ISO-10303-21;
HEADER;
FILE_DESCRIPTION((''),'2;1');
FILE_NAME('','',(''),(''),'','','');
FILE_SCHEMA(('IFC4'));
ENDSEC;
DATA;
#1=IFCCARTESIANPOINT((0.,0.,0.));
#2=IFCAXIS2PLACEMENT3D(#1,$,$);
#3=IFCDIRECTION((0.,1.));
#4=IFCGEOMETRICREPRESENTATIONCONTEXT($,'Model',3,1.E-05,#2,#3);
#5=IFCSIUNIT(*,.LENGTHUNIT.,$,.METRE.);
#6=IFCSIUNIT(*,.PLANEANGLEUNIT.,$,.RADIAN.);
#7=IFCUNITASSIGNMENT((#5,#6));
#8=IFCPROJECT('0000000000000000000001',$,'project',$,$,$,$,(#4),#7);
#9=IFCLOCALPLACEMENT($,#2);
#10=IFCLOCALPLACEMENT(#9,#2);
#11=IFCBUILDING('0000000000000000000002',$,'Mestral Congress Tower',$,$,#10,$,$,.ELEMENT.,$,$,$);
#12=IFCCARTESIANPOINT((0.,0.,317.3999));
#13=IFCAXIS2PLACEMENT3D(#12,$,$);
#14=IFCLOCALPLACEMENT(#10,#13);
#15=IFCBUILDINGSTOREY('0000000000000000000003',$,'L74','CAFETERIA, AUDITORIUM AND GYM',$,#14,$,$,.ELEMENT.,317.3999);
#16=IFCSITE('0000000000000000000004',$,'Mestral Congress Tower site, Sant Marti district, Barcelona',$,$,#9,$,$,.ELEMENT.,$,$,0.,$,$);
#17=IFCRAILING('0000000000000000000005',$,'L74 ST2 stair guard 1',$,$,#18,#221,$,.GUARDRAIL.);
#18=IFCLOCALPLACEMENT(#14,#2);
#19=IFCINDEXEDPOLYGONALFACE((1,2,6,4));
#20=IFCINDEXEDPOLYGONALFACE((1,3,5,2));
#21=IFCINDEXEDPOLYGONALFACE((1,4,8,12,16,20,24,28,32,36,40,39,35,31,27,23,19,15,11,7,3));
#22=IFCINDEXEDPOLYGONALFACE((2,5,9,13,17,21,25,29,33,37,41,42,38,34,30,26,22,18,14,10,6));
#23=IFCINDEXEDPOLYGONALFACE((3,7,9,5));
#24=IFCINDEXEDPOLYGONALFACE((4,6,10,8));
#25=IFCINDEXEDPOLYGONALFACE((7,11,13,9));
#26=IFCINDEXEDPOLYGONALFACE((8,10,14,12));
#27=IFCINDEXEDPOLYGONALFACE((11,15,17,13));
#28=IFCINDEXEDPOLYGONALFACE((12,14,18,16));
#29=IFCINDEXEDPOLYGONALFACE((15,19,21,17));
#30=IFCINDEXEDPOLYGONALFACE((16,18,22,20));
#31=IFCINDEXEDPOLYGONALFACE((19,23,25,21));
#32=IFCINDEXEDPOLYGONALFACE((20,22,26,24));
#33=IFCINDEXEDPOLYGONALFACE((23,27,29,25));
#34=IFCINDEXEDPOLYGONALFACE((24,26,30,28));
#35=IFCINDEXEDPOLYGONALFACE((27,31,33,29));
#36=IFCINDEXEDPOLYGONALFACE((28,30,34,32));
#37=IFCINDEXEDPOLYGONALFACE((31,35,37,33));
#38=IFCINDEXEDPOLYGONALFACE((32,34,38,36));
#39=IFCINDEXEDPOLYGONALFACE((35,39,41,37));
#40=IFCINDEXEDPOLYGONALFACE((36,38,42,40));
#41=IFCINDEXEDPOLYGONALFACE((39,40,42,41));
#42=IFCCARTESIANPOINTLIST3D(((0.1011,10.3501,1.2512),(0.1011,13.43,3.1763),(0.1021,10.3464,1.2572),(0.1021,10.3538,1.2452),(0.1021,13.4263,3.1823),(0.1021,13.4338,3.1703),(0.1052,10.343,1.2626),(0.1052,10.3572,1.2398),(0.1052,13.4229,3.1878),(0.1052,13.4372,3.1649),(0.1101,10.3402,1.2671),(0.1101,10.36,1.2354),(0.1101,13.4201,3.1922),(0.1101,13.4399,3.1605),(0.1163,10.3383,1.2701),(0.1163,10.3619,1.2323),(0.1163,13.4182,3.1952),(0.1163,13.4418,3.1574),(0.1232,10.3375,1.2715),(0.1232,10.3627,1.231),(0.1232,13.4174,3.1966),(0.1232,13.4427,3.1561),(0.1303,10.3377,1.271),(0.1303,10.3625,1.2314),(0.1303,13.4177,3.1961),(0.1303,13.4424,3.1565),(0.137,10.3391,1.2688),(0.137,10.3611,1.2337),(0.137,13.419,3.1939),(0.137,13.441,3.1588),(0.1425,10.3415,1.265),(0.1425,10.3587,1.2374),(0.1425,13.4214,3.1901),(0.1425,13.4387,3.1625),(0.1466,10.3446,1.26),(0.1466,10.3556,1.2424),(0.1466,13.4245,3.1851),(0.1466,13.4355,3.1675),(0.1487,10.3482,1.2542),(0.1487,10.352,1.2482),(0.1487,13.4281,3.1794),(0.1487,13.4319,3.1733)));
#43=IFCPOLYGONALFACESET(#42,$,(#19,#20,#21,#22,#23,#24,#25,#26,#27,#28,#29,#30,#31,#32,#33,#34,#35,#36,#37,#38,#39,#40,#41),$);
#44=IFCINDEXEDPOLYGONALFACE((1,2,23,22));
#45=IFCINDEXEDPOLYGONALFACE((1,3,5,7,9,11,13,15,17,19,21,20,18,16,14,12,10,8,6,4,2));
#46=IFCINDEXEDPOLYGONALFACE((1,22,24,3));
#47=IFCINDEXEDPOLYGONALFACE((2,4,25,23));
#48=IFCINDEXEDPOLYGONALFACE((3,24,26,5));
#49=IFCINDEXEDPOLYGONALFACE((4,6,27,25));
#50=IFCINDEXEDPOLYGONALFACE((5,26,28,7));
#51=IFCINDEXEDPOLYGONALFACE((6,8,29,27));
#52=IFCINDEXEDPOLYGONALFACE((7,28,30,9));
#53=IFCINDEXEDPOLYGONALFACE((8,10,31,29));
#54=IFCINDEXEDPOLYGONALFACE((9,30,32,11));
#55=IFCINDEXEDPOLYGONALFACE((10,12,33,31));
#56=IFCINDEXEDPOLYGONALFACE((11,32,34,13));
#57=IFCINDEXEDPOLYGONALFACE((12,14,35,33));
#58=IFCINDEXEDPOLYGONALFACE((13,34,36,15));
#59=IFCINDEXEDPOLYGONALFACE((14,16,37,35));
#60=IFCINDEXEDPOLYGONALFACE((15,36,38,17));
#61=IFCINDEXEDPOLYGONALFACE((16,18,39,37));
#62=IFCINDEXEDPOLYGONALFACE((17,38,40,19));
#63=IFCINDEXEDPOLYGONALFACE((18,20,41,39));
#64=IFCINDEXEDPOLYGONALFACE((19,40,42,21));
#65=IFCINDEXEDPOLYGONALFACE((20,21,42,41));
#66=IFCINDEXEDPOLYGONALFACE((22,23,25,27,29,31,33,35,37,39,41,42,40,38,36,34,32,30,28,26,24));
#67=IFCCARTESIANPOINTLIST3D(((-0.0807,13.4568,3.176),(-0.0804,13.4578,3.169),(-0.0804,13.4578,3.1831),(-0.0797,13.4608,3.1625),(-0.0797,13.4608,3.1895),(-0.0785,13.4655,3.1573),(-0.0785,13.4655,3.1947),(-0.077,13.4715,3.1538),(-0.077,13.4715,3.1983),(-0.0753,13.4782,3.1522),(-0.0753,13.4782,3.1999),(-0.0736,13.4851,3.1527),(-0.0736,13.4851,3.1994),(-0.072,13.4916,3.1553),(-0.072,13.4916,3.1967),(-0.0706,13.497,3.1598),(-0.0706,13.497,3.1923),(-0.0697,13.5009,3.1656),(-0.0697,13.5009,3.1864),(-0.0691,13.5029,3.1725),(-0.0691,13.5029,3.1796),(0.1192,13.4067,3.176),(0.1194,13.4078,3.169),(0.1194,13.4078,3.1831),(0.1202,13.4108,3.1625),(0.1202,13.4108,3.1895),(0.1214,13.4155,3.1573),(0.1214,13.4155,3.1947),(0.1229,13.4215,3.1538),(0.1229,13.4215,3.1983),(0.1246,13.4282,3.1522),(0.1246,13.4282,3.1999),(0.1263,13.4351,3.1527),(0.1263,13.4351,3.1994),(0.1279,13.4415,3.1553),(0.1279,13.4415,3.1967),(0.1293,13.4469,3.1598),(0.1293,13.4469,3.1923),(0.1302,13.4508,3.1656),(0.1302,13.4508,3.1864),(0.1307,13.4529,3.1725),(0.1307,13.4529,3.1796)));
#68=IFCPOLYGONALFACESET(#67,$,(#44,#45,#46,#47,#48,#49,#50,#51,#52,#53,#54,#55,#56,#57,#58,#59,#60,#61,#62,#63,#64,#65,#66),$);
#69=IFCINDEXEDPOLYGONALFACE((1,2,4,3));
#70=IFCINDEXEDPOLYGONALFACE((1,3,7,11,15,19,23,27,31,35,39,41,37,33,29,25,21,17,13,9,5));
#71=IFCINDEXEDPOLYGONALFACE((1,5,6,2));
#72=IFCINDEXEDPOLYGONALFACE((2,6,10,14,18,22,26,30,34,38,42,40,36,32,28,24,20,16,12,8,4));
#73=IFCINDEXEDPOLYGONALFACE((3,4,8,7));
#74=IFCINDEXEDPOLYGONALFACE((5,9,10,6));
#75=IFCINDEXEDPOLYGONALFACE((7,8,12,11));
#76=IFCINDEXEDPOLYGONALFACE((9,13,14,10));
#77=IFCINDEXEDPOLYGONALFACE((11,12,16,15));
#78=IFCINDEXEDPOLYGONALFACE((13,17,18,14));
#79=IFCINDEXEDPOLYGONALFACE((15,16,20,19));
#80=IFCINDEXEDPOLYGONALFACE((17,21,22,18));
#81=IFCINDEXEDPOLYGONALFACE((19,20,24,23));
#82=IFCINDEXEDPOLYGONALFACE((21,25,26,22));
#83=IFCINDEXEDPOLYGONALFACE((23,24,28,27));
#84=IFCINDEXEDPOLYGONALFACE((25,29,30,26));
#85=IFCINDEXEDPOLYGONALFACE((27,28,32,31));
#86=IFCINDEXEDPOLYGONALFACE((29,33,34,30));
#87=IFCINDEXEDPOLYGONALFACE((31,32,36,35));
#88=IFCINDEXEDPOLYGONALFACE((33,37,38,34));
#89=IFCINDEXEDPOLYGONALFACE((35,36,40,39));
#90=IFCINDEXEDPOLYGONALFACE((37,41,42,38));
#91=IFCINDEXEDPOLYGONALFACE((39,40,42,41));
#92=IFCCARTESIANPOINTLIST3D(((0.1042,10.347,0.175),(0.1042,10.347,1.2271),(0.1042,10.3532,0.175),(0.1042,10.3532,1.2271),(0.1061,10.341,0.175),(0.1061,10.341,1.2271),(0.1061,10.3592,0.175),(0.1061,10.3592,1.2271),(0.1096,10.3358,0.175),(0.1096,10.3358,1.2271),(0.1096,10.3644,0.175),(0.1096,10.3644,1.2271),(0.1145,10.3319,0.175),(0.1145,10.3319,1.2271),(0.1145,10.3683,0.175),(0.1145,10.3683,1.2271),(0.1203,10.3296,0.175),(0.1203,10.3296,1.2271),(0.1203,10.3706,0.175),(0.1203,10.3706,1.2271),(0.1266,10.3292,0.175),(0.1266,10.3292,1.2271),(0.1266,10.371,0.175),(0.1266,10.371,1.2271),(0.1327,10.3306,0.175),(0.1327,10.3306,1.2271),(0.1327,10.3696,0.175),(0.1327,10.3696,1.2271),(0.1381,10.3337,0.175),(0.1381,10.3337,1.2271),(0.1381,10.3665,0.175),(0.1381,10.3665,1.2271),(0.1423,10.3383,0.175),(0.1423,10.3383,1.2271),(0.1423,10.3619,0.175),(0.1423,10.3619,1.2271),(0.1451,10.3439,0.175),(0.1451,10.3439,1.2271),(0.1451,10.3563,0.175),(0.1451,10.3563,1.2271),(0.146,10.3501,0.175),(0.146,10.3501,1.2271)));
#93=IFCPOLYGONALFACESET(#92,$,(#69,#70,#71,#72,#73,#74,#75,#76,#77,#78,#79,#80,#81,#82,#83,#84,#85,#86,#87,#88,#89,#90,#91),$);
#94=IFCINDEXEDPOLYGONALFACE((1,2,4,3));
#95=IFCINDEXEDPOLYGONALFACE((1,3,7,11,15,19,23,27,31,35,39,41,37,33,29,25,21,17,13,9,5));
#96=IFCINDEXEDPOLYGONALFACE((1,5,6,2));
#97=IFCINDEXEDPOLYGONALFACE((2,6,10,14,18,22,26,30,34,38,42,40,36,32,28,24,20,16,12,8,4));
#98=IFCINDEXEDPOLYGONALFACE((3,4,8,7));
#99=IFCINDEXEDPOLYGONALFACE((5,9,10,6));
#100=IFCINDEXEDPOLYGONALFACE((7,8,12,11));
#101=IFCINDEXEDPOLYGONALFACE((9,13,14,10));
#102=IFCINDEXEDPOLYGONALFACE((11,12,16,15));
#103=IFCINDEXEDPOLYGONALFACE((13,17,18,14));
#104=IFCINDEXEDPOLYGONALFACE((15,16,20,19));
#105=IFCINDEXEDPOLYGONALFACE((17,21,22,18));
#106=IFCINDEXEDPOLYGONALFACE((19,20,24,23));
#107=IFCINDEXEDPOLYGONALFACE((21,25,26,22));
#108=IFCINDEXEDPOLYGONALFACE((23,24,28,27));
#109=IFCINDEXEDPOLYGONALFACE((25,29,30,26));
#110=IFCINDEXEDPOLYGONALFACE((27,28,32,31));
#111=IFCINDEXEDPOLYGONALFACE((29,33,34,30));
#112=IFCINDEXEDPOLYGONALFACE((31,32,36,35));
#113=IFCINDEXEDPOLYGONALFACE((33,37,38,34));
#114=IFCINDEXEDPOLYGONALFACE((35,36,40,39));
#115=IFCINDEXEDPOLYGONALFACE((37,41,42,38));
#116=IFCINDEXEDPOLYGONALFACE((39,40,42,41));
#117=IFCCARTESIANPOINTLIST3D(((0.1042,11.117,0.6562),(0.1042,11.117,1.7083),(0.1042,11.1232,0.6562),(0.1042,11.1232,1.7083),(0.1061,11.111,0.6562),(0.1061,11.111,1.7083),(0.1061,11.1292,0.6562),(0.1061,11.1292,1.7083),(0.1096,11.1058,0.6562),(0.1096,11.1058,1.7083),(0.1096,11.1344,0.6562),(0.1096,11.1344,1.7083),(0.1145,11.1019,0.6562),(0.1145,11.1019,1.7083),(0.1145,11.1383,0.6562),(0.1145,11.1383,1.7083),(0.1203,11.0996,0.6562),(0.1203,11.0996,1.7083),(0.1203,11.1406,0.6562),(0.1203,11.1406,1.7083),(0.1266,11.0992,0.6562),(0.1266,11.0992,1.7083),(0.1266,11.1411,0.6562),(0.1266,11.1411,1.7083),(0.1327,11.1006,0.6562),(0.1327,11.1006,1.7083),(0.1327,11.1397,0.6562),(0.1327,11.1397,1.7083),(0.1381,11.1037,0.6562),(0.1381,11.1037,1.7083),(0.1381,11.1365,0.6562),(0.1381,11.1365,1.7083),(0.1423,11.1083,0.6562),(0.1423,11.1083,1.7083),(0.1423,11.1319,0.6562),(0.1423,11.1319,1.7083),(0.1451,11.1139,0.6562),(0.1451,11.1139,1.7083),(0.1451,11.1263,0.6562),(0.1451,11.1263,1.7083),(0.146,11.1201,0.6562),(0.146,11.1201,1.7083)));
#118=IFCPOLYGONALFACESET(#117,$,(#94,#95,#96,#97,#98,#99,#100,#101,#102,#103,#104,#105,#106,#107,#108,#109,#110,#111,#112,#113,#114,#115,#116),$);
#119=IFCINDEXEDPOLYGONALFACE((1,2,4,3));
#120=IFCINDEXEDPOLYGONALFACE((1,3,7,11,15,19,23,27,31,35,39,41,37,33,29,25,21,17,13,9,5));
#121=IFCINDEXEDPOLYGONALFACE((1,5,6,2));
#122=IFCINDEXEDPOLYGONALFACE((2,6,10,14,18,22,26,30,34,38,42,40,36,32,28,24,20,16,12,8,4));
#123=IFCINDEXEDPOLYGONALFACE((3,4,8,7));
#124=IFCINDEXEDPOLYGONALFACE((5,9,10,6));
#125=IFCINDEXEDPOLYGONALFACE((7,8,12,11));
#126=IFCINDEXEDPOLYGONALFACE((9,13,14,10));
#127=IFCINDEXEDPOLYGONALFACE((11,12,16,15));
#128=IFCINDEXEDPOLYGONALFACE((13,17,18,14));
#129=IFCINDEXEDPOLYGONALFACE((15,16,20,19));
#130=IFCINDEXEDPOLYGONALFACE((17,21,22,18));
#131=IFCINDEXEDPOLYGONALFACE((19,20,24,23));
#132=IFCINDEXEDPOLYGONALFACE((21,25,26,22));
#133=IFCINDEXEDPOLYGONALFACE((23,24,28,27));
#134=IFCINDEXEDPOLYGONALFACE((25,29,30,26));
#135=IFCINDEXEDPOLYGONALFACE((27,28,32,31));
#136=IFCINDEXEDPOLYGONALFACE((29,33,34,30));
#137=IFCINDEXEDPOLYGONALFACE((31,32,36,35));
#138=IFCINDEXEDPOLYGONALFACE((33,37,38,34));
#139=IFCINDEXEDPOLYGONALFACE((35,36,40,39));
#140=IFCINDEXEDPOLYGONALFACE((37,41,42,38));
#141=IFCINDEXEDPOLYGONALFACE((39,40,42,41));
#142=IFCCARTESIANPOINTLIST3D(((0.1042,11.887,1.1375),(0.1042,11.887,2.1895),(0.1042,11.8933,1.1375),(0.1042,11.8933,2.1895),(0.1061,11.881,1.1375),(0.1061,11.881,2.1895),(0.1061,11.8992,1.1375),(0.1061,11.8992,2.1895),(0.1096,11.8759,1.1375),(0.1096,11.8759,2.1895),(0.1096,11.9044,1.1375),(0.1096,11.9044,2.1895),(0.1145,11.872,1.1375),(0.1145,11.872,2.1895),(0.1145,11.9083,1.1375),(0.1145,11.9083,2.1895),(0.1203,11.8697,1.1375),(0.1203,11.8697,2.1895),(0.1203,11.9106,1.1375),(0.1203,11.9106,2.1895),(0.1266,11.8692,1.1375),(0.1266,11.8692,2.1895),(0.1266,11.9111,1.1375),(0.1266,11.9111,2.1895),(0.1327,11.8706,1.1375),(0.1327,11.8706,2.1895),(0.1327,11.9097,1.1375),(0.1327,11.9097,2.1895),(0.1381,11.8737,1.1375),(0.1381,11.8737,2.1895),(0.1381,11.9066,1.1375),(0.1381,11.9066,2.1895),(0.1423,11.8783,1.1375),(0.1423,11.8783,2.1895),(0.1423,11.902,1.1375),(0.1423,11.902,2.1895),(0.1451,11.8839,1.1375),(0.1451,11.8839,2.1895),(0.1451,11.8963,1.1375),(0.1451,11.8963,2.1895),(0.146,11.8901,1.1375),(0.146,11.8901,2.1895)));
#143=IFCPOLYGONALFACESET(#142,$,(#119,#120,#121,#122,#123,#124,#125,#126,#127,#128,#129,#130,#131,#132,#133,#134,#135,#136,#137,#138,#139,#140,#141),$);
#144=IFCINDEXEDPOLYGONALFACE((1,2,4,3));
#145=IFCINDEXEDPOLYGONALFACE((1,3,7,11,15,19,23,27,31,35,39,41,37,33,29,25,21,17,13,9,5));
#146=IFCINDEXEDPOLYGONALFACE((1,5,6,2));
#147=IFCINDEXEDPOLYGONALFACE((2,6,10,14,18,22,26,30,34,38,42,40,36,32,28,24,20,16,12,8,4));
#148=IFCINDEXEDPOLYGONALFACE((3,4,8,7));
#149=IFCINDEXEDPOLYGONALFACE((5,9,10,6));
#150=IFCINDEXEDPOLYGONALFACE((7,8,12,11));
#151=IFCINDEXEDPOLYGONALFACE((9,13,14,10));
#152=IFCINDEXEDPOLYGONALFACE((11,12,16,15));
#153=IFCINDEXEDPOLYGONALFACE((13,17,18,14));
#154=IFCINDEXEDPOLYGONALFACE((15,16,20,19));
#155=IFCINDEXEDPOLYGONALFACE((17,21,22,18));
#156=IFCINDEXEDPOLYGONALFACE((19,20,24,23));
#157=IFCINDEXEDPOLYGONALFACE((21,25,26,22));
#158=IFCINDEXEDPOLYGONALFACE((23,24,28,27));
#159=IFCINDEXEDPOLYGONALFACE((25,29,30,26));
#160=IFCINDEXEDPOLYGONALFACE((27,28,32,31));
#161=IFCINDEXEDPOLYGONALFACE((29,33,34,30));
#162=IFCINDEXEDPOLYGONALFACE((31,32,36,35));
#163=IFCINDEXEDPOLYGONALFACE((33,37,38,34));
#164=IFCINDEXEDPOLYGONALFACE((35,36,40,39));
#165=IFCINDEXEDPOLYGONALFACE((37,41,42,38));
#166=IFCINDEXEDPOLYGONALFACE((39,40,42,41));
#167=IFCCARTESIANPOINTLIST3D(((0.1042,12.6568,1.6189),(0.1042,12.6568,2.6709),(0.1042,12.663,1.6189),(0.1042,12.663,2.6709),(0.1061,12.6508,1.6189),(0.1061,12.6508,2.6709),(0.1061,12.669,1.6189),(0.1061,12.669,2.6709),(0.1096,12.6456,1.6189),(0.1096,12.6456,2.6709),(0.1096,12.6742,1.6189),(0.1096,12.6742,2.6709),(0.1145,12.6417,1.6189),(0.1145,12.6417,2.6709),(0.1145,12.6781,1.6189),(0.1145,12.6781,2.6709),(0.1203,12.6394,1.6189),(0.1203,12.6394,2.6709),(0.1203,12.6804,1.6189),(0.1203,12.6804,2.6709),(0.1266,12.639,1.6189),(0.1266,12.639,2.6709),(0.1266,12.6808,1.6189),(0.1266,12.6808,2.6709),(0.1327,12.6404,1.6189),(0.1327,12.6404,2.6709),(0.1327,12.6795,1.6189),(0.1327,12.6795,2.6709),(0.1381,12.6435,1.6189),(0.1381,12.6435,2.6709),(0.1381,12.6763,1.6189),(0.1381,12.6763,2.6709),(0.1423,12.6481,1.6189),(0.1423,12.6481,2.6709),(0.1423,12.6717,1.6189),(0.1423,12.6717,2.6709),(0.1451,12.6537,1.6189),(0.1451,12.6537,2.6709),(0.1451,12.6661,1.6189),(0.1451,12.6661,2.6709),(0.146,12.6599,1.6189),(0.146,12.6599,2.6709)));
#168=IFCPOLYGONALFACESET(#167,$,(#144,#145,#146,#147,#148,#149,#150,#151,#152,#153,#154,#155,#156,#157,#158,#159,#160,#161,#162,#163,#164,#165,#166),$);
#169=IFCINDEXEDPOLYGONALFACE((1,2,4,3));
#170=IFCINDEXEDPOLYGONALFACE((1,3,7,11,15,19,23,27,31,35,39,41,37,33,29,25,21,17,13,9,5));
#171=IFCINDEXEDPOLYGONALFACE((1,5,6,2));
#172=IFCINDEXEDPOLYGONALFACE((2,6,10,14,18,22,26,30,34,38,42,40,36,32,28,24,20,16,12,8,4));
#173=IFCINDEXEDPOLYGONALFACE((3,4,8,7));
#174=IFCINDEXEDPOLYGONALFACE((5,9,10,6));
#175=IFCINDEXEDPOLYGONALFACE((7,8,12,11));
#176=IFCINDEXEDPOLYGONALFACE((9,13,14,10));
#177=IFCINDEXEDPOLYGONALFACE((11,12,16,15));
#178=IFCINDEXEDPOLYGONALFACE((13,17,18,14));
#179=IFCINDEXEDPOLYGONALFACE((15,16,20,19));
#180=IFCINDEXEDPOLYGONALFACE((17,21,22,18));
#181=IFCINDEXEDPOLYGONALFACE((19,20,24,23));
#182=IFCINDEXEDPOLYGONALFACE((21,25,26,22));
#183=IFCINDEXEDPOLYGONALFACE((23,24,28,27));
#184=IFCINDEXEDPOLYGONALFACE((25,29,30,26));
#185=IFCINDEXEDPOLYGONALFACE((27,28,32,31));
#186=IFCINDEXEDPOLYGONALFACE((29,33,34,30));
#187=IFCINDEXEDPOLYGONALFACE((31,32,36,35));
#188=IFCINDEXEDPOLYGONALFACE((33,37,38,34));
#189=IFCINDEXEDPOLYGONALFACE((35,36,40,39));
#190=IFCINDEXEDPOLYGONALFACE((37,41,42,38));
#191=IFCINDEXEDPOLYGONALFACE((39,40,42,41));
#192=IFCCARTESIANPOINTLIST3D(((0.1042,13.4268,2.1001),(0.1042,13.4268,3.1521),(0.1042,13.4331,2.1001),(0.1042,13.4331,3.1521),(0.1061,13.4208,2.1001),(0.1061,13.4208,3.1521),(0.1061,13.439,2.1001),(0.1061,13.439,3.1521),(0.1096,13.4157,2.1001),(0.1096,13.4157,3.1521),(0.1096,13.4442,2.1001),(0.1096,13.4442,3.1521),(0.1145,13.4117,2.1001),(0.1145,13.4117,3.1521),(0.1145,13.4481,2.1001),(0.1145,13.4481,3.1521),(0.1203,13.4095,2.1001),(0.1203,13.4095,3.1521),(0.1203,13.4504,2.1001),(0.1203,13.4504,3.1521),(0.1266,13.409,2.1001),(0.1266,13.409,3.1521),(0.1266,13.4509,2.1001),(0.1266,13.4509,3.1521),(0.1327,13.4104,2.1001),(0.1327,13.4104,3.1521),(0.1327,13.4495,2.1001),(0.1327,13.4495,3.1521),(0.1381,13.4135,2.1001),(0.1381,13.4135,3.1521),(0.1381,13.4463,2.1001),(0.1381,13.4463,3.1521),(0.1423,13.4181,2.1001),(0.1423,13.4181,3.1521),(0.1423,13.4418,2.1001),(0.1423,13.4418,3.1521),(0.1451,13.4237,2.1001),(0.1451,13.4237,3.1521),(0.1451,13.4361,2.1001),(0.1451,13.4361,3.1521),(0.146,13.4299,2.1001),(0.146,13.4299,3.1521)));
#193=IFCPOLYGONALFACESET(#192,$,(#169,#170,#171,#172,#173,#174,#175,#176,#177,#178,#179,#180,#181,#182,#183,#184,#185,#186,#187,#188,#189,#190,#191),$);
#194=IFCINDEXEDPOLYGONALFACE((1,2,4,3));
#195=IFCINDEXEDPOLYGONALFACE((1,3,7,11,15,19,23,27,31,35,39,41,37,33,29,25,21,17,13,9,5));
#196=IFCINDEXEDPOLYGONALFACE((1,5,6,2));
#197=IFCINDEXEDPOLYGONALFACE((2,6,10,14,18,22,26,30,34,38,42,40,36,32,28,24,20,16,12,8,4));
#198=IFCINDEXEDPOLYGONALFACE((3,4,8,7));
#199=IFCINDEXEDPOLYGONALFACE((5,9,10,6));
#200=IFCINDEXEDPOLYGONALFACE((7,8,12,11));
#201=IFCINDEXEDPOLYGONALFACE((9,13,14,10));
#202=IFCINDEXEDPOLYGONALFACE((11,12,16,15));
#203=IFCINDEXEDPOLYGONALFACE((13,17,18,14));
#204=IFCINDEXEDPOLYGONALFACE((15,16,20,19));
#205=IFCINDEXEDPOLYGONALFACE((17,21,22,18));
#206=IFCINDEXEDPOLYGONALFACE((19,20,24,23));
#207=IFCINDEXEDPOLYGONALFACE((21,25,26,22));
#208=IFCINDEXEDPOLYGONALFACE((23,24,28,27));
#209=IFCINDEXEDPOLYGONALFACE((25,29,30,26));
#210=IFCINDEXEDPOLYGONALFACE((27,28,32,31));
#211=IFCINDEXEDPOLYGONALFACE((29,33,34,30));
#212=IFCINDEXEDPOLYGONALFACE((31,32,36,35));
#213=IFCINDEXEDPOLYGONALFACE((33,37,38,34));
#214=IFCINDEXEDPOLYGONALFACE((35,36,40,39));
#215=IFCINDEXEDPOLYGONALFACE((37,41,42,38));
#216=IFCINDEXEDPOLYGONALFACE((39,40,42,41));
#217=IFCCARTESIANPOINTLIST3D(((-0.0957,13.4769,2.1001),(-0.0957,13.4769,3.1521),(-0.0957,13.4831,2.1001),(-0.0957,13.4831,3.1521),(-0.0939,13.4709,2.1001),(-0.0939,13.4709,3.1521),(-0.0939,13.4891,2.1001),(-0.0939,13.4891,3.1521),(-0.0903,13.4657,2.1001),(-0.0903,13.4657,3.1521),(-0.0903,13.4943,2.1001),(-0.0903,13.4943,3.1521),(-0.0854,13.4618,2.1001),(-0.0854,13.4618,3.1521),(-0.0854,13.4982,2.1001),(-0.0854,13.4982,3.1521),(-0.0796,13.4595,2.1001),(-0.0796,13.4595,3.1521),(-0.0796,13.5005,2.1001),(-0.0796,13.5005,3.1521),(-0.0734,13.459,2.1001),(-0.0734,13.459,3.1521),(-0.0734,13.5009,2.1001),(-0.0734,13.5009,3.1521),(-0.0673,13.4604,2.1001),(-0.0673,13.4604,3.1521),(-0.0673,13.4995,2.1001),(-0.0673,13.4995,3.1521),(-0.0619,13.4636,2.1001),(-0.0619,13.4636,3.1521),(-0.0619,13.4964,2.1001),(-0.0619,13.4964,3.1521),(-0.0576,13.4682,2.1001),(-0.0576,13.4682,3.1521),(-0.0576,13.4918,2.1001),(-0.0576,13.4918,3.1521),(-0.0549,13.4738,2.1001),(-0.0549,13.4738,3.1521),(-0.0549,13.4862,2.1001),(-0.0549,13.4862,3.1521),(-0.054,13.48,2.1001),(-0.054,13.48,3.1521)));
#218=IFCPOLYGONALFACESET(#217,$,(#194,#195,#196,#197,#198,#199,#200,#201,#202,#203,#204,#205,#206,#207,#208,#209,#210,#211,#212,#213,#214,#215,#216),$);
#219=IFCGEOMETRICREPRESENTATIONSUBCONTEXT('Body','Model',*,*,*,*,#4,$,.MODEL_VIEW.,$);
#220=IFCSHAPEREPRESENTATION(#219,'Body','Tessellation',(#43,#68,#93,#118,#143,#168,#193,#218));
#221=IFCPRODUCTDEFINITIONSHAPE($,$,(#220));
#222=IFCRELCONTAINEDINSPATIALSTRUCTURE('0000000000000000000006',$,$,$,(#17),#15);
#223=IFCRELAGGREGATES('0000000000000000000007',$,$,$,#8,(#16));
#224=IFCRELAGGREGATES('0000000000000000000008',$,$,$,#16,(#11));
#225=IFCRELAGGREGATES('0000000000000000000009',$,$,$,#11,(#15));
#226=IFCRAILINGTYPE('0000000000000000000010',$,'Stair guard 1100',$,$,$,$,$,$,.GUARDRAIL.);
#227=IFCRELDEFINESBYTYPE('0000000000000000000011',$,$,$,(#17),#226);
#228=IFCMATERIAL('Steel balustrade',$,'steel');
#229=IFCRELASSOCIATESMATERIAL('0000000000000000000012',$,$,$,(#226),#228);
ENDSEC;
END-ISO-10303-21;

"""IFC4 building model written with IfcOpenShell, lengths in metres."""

from ifc_helpers import new_model, si_unit, direction, frame, origin, origin_2d, place, context, subcontext, project, spatial, circle, extrude, material, type_object, element, save


model = new_model("IFC4")

# Units and contexts
model_context = context("Model", 3, precision=1e-05, world=origin(), true_north=direction((0.0, 1.0)))
body_context = subcontext(model_context, "Body", "Model", "MODEL_VIEW")
ifc_project = project(units=[si_unit("LENGTHUNIT", "METRE"), si_unit("PLANEANGLEUNIT", "RADIAN")], contexts=[model_context])

# Site, building, storey
site_placement = place(None, origin())
site = spatial("IfcSite", under=ifc_project, at=site_placement, Name="Mestral Congress Tower site, Sant Marti district, Barcelona", CompositionType="ELEMENT", RefElevation=0.0)
building_placement = place(site_placement, origin())
building = spatial("IfcBuilding", under=site, at=building_placement, Name="Mestral Congress Tower", CompositionType="ELEMENT")
storey_placement = place(building_placement, frame((0.0, 0.0, 317.3999)))
storey = spatial("IfcBuildingStorey", under=building, at=storey_placement, Name="L74", Description="CAFETERIA, AUDITORIUM AND GYM", CompositionType="ELEMENT", Elevation=317.3999)

# Railing
ifc_material_1 = material(Name="Steel balustrade", Category="steel")
railing_type_1 = type_object("IfcRailingType", Name="Stair guard 1100", PredefinedType="GUARDRAIL", material=ifc_material_1)
railing_1_placement = place(storey_placement, frame((0.125, 10.3501, 0.175)))
element("IfcRailing", 1, at=railing_1_placement, inside=storey, type_object=railing_type_1, Name="L74 ST2 stair guard 1", PredefinedType="GUARDRAIL", context=body_context, shape_type="SweptSolid", body=[
    extrude(circle(Radius=0.0239, at=origin_2d()), frame((0.0, 0.0, 1.0762), z_axis=(0.0, 0.847979, 0.530029), x_axis=(-1.0, 0.0, 0.0)), (0.0, 0.0, 1.0), 3.6321),
    extrude(circle(Radius=0.0239, at=origin_2d()), frame((0.0, 3.0798, 3.001), z_axis=(-0.970073, 0.242814, 0.0), x_axis=(-0.242814, -0.970073, 0.0)), (0.0, 0.0, 1.0), 0.2061),
    extrude(circle(Radius=0.021, at=origin_2d()), origin(), (0.0, 0.0, 1.0), 1.052),
    extrude(circle(Radius=0.021, at=origin_2d()), frame((0.0, 0.77, 0.4812)), (0.0, 0.0, 1.0), 1.052),
    extrude(circle(Radius=0.021, at=origin_2d()), frame((0.0, 1.54, 0.9624)), (0.0, 0.0, 1.0), 1.052),
    extrude(circle(Radius=0.021, at=origin_2d()), frame((0.0, 2.3098, 1.4438)), (0.0, 0.0, 1.0), 1.052),
    extrude(circle(Radius=0.021, at=origin_2d()), frame((0.0, 3.0798, 1.925)), (0.0, 0.0, 1.0), 1.052),
    extrude(circle(Radius=0.021, at=origin_2d()), frame((-0.2, 3.1299, 1.925)), (0.0, 0.0, 1.0), 1.052),
])

save(model, "model.ifc")
